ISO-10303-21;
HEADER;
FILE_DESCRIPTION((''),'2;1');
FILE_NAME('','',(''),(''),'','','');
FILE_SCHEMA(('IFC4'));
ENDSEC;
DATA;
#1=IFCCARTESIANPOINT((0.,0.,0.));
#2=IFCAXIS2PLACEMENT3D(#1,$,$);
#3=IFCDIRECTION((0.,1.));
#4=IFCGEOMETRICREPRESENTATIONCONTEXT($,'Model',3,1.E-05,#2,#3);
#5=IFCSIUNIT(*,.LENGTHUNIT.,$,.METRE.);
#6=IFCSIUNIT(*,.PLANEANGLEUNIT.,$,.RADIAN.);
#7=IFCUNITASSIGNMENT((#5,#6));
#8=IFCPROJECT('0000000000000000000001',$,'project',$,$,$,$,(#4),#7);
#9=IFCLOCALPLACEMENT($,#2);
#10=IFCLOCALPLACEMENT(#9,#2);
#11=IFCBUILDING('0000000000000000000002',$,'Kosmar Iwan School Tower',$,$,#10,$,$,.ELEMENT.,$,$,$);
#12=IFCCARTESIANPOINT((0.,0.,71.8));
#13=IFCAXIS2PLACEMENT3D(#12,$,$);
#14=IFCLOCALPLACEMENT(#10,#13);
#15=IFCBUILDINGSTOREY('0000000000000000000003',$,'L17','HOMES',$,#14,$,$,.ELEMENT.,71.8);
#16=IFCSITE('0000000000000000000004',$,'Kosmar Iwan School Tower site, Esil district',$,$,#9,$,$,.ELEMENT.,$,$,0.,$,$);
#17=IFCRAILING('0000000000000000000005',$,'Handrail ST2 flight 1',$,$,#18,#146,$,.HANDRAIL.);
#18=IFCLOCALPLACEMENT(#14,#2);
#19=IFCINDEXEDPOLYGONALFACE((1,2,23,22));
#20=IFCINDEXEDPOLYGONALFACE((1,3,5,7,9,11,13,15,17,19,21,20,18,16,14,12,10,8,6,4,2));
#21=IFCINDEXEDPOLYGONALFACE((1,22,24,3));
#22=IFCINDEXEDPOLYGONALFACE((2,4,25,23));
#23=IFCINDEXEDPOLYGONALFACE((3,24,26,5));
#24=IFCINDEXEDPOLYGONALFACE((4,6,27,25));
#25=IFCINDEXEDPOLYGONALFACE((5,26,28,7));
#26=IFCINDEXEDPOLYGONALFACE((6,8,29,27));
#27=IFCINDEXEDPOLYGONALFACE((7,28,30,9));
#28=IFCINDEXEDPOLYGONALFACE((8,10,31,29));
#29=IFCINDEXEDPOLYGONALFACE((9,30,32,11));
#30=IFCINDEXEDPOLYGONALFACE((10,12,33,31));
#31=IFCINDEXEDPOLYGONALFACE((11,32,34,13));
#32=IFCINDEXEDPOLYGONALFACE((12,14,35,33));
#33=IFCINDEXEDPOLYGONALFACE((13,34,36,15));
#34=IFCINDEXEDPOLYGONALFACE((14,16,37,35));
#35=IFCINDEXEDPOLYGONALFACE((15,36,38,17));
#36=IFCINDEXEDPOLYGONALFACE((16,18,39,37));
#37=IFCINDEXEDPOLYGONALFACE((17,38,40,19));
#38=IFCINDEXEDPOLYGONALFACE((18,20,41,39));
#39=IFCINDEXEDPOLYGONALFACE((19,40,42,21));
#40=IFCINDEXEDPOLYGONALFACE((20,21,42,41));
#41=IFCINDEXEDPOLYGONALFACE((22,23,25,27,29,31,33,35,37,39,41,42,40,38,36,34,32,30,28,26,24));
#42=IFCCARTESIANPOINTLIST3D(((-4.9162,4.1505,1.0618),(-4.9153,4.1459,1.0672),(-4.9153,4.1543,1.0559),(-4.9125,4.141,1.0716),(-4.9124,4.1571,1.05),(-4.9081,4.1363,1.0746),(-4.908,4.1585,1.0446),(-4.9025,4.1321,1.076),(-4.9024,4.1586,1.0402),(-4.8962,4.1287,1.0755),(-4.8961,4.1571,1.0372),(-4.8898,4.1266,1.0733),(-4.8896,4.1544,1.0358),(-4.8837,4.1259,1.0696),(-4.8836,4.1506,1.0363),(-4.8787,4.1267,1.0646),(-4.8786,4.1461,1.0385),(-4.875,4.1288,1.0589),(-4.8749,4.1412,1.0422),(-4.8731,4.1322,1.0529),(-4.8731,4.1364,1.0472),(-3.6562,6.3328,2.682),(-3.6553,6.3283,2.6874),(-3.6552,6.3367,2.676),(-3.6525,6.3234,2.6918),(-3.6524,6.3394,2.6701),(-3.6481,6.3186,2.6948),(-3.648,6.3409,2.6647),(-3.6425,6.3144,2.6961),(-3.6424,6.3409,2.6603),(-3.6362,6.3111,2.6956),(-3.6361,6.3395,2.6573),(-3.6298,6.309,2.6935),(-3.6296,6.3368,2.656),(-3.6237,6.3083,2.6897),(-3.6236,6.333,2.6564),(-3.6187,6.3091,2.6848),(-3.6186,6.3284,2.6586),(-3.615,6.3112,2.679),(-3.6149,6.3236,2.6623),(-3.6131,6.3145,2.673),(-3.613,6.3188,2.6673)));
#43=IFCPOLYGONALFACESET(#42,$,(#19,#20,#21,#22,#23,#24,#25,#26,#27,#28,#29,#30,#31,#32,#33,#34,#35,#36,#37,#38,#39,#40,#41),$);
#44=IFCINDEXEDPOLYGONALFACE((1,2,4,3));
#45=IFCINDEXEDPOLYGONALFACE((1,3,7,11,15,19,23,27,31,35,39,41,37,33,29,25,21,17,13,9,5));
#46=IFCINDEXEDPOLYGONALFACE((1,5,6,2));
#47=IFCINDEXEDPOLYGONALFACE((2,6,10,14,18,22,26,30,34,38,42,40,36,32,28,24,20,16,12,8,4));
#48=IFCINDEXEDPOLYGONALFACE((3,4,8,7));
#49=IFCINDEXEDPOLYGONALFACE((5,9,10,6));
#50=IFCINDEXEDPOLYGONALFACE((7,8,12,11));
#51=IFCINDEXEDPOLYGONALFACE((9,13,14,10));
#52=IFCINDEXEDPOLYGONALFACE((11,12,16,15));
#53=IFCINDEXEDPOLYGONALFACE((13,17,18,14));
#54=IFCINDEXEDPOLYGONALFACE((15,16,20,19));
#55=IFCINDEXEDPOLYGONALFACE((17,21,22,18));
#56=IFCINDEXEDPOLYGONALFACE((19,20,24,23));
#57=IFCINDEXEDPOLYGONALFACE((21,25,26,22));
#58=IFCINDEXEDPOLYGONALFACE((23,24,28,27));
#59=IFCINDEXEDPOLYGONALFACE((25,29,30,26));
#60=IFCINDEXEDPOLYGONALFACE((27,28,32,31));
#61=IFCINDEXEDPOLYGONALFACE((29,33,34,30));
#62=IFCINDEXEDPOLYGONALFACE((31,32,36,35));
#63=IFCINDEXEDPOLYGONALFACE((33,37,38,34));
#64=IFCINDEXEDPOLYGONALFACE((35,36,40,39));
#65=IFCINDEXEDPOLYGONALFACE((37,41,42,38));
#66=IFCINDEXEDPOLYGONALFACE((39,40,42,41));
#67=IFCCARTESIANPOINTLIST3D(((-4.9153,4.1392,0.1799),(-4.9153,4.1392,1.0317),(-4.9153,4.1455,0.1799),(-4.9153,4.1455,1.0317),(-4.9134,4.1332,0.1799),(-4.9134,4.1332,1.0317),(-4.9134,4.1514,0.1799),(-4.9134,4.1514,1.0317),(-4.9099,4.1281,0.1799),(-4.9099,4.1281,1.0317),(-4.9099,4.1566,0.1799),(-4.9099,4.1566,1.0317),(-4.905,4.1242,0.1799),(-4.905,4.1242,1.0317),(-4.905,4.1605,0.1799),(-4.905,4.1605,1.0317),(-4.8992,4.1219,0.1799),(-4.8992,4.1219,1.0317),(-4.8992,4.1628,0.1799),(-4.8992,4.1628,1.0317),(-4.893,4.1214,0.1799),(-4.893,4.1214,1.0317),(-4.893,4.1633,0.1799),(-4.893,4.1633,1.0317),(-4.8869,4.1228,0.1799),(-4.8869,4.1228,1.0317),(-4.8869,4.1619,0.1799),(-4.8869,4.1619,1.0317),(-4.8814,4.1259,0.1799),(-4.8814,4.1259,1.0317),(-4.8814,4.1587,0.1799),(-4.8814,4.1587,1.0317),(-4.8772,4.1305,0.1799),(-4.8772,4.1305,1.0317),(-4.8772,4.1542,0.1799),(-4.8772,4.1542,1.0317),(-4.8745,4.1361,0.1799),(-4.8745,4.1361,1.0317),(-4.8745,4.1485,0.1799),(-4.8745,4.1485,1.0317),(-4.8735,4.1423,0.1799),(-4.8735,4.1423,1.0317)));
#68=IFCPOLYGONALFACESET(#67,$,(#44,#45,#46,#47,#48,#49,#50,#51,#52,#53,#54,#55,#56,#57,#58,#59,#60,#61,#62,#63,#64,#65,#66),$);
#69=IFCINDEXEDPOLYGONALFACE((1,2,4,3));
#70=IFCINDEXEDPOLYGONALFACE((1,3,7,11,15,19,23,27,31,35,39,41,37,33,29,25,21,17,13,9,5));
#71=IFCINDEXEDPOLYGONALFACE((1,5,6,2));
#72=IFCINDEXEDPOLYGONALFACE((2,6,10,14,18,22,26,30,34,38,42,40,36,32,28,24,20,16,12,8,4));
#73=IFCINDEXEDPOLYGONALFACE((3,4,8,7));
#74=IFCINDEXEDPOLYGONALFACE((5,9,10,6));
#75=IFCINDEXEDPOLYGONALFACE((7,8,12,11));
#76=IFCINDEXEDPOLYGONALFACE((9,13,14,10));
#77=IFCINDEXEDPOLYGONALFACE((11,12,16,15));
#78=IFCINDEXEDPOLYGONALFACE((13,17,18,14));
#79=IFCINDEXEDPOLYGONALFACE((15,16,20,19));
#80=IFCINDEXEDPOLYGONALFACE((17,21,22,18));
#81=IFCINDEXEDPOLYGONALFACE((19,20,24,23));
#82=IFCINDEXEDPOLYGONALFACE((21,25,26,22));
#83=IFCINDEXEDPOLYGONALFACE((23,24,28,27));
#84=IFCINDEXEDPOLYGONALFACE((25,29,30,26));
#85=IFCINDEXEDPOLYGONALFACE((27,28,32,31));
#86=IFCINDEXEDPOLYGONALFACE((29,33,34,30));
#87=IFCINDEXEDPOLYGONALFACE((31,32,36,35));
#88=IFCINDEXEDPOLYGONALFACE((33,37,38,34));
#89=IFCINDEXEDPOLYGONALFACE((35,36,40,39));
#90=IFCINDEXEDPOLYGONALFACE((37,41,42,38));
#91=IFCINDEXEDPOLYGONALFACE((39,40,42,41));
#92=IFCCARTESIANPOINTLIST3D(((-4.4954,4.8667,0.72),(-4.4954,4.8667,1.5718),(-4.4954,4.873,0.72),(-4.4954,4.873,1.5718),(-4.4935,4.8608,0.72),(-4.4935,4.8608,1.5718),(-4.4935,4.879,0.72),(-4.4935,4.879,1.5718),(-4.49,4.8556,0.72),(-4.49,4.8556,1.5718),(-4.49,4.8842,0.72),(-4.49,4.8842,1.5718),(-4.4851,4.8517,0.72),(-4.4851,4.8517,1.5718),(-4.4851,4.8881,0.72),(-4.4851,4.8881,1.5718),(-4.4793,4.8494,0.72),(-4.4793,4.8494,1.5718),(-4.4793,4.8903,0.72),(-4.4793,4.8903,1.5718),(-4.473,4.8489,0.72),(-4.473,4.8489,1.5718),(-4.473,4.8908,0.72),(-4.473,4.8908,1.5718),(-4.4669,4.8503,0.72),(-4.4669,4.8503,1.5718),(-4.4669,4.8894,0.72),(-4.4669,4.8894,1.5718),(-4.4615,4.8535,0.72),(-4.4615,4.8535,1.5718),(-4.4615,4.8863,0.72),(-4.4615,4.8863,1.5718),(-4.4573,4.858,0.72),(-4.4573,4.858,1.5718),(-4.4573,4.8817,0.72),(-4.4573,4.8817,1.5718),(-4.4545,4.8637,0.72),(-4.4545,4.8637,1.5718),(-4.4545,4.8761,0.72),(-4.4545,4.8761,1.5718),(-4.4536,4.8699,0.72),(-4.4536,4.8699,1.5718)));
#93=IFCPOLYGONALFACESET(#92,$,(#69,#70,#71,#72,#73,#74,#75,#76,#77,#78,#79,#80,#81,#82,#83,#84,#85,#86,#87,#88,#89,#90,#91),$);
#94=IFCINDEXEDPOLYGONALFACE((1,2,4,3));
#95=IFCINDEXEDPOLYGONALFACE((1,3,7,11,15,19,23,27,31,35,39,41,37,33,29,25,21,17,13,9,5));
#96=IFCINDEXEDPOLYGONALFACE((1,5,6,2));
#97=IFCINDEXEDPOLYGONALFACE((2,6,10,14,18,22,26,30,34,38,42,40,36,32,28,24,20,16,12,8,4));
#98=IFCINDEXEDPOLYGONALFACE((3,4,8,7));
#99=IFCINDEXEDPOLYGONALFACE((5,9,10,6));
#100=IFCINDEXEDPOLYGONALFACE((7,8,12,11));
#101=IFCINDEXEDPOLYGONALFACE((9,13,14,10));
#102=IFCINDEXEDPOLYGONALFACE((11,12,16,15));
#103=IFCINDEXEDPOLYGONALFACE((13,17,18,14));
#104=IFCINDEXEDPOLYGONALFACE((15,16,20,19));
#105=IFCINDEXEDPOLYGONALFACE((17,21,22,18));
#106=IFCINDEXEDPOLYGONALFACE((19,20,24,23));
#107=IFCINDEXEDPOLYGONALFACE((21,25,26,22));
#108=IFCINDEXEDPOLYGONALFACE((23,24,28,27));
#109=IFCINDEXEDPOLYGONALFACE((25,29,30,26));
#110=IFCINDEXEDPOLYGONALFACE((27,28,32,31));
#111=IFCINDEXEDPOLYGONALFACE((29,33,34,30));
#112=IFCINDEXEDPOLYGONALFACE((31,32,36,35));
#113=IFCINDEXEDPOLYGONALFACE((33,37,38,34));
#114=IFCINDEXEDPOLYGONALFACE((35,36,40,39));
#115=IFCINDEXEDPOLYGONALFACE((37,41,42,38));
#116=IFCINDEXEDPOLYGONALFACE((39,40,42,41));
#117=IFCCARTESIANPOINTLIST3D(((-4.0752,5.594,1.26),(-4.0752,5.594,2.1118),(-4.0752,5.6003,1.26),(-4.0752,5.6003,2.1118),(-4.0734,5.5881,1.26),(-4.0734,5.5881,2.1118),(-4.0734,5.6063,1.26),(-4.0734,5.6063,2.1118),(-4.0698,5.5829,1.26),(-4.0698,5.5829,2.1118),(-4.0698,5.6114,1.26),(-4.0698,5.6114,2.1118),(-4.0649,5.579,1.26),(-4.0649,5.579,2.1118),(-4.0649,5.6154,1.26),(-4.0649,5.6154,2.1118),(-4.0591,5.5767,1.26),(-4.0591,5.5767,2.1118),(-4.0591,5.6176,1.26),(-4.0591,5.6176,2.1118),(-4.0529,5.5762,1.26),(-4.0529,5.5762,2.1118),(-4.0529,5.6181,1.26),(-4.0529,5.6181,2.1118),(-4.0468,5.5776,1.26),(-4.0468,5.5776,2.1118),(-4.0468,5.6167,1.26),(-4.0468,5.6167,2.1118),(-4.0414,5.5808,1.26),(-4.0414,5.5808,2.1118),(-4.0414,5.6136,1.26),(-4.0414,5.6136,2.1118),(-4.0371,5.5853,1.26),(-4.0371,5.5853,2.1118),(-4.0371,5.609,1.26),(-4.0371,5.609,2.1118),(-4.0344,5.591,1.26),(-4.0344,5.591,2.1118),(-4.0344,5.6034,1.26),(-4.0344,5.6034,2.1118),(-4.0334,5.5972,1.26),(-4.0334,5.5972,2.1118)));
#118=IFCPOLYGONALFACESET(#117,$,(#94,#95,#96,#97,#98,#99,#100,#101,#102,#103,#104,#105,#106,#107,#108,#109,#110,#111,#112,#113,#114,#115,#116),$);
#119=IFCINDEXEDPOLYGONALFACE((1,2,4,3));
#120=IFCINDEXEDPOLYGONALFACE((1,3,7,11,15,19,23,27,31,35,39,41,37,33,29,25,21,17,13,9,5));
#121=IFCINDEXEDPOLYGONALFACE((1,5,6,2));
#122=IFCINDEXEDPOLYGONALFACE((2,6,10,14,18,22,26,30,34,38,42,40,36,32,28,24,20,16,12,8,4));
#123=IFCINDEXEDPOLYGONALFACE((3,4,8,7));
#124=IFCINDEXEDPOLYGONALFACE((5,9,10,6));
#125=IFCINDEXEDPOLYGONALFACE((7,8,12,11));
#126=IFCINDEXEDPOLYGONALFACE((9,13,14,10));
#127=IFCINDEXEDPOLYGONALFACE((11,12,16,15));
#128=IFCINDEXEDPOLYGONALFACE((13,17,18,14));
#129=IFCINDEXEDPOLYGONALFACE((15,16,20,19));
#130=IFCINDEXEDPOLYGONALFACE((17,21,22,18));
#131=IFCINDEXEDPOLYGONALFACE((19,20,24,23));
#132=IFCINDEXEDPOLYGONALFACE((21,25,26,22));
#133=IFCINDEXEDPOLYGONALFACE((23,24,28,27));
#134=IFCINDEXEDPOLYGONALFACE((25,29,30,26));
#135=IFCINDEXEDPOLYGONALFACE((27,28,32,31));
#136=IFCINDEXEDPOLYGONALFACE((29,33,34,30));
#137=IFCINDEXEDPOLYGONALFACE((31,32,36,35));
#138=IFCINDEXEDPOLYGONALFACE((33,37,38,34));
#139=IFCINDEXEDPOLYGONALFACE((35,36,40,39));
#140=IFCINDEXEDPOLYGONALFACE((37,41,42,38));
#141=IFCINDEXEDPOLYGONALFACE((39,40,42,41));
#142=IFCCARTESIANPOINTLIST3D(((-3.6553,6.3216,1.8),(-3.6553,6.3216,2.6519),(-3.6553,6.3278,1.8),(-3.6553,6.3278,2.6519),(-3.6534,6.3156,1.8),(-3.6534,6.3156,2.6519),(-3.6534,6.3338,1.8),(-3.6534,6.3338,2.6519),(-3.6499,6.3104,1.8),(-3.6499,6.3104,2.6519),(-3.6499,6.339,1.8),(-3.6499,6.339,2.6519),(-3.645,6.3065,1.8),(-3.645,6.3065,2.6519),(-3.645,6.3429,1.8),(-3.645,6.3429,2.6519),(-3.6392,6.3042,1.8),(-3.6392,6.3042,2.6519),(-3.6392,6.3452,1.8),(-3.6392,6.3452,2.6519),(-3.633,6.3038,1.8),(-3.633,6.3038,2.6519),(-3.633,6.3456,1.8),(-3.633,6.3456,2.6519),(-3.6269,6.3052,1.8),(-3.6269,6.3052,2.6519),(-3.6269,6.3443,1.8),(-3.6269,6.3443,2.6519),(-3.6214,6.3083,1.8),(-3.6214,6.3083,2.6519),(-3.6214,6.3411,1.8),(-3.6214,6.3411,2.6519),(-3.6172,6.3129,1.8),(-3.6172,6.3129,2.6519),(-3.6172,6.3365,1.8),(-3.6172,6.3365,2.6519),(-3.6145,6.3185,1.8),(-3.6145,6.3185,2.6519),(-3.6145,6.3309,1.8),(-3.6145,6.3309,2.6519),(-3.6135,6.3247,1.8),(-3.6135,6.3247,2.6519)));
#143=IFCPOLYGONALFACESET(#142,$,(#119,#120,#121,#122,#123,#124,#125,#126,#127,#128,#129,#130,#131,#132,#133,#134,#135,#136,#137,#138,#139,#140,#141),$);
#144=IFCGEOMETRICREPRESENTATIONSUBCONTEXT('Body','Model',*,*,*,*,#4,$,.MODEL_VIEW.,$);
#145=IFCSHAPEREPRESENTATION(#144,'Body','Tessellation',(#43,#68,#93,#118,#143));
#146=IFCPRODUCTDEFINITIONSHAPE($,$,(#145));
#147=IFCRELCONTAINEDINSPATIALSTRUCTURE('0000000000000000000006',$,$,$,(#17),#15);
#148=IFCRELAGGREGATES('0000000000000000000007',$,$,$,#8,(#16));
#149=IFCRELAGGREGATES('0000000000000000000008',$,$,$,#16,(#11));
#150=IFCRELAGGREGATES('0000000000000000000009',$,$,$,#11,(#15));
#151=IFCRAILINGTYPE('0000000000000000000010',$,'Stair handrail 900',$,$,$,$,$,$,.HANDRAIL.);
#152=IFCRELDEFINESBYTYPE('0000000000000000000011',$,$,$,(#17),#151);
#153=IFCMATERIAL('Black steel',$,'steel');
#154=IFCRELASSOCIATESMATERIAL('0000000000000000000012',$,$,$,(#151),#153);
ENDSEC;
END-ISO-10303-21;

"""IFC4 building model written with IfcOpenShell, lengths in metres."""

from ifc_helpers import new_model, si_unit, direction, frame, origin, origin_2d, place, context, subcontext, project, spatial, circle, extrude, material, type_object, element, save


model = new_model("IFC4")

# Units and contexts
model_context = context("Model", 3, precision=1e-05, world=origin(), true_north=direction((0.0, 1.0)))
body_context = subcontext(model_context, "Body", "Model", "MODEL_VIEW")
ifc_project = project(units=[si_unit("LENGTHUNIT", "METRE"), si_unit("PLANEANGLEUNIT", "RADIAN")], contexts=[model_context])

# Site, building, storey
site_placement = place(None, origin())
site = spatial("IfcSite", under=ifc_project, at=site_placement, Name="Kosmar Iwan School Tower site, Esil district", CompositionType="ELEMENT", RefElevation=0.0)
building_placement = place(site_placement, origin())
building = spatial("IfcBuilding", under=site, at=building_placement, Name="Kosmar Iwan School Tower", CompositionType="ELEMENT")
storey_placement = place(building_placement, frame((0.0, 0.0, 71.8)))
storey = spatial("IfcBuildingStorey", under=building, at=storey_placement, Name="L17", Description="HOMES", CompositionType="ELEMENT", Elevation=71.8)

# Railing
ifc_material_1 = material(Name="Black steel", Category="steel")
railing_type = type_object("IfcRailingType", Name="Stair handrail 900", PredefinedType="HANDRAIL", material=ifc_material_1)
railing_placement = place(storey_placement, frame((-4.8945, 4.1423, 0.1799)))
element("IfcRailing", 1, at=railing_placement, inside=storey, type_object=railing_type, Name="Handrail ST2 flight 1", PredefinedType="HANDRAIL", context=body_context, shape_type="SweptSolid", body=[
    extrude(circle(Radius=0.0239, at=origin_2d()), frame((0.0, 0.0, 0.876), z_axis=(0.420584, 0.728464, 0.540786), x_axis=(-0.866023, 0.500005, 0.0)), (0.0, 0.0, 1.0), 2.9958),
    extrude(circle(Radius=0.021, at=origin_2d()), origin(), (0.0, 0.0, 1.0), 0.8518),
    extrude(circle(Radius=0.021, at=origin_2d()), frame((0.4199, 0.7275, 0.54)), (0.0, 0.0, 1.0), 0.8518),
    extrude(circle(Radius=0.021, at=origin_2d()), frame((0.8401, 1.4548, 1.0801)), (0.0, 0.0, 1.0), 0.8518),
    extrude(circle(Radius=0.021, at=origin_2d()), frame((1.26, 2.1824, 1.6201)), (0.0, 0.0, 1.0), 0.8518),
])

save(model, "model.ifc")
